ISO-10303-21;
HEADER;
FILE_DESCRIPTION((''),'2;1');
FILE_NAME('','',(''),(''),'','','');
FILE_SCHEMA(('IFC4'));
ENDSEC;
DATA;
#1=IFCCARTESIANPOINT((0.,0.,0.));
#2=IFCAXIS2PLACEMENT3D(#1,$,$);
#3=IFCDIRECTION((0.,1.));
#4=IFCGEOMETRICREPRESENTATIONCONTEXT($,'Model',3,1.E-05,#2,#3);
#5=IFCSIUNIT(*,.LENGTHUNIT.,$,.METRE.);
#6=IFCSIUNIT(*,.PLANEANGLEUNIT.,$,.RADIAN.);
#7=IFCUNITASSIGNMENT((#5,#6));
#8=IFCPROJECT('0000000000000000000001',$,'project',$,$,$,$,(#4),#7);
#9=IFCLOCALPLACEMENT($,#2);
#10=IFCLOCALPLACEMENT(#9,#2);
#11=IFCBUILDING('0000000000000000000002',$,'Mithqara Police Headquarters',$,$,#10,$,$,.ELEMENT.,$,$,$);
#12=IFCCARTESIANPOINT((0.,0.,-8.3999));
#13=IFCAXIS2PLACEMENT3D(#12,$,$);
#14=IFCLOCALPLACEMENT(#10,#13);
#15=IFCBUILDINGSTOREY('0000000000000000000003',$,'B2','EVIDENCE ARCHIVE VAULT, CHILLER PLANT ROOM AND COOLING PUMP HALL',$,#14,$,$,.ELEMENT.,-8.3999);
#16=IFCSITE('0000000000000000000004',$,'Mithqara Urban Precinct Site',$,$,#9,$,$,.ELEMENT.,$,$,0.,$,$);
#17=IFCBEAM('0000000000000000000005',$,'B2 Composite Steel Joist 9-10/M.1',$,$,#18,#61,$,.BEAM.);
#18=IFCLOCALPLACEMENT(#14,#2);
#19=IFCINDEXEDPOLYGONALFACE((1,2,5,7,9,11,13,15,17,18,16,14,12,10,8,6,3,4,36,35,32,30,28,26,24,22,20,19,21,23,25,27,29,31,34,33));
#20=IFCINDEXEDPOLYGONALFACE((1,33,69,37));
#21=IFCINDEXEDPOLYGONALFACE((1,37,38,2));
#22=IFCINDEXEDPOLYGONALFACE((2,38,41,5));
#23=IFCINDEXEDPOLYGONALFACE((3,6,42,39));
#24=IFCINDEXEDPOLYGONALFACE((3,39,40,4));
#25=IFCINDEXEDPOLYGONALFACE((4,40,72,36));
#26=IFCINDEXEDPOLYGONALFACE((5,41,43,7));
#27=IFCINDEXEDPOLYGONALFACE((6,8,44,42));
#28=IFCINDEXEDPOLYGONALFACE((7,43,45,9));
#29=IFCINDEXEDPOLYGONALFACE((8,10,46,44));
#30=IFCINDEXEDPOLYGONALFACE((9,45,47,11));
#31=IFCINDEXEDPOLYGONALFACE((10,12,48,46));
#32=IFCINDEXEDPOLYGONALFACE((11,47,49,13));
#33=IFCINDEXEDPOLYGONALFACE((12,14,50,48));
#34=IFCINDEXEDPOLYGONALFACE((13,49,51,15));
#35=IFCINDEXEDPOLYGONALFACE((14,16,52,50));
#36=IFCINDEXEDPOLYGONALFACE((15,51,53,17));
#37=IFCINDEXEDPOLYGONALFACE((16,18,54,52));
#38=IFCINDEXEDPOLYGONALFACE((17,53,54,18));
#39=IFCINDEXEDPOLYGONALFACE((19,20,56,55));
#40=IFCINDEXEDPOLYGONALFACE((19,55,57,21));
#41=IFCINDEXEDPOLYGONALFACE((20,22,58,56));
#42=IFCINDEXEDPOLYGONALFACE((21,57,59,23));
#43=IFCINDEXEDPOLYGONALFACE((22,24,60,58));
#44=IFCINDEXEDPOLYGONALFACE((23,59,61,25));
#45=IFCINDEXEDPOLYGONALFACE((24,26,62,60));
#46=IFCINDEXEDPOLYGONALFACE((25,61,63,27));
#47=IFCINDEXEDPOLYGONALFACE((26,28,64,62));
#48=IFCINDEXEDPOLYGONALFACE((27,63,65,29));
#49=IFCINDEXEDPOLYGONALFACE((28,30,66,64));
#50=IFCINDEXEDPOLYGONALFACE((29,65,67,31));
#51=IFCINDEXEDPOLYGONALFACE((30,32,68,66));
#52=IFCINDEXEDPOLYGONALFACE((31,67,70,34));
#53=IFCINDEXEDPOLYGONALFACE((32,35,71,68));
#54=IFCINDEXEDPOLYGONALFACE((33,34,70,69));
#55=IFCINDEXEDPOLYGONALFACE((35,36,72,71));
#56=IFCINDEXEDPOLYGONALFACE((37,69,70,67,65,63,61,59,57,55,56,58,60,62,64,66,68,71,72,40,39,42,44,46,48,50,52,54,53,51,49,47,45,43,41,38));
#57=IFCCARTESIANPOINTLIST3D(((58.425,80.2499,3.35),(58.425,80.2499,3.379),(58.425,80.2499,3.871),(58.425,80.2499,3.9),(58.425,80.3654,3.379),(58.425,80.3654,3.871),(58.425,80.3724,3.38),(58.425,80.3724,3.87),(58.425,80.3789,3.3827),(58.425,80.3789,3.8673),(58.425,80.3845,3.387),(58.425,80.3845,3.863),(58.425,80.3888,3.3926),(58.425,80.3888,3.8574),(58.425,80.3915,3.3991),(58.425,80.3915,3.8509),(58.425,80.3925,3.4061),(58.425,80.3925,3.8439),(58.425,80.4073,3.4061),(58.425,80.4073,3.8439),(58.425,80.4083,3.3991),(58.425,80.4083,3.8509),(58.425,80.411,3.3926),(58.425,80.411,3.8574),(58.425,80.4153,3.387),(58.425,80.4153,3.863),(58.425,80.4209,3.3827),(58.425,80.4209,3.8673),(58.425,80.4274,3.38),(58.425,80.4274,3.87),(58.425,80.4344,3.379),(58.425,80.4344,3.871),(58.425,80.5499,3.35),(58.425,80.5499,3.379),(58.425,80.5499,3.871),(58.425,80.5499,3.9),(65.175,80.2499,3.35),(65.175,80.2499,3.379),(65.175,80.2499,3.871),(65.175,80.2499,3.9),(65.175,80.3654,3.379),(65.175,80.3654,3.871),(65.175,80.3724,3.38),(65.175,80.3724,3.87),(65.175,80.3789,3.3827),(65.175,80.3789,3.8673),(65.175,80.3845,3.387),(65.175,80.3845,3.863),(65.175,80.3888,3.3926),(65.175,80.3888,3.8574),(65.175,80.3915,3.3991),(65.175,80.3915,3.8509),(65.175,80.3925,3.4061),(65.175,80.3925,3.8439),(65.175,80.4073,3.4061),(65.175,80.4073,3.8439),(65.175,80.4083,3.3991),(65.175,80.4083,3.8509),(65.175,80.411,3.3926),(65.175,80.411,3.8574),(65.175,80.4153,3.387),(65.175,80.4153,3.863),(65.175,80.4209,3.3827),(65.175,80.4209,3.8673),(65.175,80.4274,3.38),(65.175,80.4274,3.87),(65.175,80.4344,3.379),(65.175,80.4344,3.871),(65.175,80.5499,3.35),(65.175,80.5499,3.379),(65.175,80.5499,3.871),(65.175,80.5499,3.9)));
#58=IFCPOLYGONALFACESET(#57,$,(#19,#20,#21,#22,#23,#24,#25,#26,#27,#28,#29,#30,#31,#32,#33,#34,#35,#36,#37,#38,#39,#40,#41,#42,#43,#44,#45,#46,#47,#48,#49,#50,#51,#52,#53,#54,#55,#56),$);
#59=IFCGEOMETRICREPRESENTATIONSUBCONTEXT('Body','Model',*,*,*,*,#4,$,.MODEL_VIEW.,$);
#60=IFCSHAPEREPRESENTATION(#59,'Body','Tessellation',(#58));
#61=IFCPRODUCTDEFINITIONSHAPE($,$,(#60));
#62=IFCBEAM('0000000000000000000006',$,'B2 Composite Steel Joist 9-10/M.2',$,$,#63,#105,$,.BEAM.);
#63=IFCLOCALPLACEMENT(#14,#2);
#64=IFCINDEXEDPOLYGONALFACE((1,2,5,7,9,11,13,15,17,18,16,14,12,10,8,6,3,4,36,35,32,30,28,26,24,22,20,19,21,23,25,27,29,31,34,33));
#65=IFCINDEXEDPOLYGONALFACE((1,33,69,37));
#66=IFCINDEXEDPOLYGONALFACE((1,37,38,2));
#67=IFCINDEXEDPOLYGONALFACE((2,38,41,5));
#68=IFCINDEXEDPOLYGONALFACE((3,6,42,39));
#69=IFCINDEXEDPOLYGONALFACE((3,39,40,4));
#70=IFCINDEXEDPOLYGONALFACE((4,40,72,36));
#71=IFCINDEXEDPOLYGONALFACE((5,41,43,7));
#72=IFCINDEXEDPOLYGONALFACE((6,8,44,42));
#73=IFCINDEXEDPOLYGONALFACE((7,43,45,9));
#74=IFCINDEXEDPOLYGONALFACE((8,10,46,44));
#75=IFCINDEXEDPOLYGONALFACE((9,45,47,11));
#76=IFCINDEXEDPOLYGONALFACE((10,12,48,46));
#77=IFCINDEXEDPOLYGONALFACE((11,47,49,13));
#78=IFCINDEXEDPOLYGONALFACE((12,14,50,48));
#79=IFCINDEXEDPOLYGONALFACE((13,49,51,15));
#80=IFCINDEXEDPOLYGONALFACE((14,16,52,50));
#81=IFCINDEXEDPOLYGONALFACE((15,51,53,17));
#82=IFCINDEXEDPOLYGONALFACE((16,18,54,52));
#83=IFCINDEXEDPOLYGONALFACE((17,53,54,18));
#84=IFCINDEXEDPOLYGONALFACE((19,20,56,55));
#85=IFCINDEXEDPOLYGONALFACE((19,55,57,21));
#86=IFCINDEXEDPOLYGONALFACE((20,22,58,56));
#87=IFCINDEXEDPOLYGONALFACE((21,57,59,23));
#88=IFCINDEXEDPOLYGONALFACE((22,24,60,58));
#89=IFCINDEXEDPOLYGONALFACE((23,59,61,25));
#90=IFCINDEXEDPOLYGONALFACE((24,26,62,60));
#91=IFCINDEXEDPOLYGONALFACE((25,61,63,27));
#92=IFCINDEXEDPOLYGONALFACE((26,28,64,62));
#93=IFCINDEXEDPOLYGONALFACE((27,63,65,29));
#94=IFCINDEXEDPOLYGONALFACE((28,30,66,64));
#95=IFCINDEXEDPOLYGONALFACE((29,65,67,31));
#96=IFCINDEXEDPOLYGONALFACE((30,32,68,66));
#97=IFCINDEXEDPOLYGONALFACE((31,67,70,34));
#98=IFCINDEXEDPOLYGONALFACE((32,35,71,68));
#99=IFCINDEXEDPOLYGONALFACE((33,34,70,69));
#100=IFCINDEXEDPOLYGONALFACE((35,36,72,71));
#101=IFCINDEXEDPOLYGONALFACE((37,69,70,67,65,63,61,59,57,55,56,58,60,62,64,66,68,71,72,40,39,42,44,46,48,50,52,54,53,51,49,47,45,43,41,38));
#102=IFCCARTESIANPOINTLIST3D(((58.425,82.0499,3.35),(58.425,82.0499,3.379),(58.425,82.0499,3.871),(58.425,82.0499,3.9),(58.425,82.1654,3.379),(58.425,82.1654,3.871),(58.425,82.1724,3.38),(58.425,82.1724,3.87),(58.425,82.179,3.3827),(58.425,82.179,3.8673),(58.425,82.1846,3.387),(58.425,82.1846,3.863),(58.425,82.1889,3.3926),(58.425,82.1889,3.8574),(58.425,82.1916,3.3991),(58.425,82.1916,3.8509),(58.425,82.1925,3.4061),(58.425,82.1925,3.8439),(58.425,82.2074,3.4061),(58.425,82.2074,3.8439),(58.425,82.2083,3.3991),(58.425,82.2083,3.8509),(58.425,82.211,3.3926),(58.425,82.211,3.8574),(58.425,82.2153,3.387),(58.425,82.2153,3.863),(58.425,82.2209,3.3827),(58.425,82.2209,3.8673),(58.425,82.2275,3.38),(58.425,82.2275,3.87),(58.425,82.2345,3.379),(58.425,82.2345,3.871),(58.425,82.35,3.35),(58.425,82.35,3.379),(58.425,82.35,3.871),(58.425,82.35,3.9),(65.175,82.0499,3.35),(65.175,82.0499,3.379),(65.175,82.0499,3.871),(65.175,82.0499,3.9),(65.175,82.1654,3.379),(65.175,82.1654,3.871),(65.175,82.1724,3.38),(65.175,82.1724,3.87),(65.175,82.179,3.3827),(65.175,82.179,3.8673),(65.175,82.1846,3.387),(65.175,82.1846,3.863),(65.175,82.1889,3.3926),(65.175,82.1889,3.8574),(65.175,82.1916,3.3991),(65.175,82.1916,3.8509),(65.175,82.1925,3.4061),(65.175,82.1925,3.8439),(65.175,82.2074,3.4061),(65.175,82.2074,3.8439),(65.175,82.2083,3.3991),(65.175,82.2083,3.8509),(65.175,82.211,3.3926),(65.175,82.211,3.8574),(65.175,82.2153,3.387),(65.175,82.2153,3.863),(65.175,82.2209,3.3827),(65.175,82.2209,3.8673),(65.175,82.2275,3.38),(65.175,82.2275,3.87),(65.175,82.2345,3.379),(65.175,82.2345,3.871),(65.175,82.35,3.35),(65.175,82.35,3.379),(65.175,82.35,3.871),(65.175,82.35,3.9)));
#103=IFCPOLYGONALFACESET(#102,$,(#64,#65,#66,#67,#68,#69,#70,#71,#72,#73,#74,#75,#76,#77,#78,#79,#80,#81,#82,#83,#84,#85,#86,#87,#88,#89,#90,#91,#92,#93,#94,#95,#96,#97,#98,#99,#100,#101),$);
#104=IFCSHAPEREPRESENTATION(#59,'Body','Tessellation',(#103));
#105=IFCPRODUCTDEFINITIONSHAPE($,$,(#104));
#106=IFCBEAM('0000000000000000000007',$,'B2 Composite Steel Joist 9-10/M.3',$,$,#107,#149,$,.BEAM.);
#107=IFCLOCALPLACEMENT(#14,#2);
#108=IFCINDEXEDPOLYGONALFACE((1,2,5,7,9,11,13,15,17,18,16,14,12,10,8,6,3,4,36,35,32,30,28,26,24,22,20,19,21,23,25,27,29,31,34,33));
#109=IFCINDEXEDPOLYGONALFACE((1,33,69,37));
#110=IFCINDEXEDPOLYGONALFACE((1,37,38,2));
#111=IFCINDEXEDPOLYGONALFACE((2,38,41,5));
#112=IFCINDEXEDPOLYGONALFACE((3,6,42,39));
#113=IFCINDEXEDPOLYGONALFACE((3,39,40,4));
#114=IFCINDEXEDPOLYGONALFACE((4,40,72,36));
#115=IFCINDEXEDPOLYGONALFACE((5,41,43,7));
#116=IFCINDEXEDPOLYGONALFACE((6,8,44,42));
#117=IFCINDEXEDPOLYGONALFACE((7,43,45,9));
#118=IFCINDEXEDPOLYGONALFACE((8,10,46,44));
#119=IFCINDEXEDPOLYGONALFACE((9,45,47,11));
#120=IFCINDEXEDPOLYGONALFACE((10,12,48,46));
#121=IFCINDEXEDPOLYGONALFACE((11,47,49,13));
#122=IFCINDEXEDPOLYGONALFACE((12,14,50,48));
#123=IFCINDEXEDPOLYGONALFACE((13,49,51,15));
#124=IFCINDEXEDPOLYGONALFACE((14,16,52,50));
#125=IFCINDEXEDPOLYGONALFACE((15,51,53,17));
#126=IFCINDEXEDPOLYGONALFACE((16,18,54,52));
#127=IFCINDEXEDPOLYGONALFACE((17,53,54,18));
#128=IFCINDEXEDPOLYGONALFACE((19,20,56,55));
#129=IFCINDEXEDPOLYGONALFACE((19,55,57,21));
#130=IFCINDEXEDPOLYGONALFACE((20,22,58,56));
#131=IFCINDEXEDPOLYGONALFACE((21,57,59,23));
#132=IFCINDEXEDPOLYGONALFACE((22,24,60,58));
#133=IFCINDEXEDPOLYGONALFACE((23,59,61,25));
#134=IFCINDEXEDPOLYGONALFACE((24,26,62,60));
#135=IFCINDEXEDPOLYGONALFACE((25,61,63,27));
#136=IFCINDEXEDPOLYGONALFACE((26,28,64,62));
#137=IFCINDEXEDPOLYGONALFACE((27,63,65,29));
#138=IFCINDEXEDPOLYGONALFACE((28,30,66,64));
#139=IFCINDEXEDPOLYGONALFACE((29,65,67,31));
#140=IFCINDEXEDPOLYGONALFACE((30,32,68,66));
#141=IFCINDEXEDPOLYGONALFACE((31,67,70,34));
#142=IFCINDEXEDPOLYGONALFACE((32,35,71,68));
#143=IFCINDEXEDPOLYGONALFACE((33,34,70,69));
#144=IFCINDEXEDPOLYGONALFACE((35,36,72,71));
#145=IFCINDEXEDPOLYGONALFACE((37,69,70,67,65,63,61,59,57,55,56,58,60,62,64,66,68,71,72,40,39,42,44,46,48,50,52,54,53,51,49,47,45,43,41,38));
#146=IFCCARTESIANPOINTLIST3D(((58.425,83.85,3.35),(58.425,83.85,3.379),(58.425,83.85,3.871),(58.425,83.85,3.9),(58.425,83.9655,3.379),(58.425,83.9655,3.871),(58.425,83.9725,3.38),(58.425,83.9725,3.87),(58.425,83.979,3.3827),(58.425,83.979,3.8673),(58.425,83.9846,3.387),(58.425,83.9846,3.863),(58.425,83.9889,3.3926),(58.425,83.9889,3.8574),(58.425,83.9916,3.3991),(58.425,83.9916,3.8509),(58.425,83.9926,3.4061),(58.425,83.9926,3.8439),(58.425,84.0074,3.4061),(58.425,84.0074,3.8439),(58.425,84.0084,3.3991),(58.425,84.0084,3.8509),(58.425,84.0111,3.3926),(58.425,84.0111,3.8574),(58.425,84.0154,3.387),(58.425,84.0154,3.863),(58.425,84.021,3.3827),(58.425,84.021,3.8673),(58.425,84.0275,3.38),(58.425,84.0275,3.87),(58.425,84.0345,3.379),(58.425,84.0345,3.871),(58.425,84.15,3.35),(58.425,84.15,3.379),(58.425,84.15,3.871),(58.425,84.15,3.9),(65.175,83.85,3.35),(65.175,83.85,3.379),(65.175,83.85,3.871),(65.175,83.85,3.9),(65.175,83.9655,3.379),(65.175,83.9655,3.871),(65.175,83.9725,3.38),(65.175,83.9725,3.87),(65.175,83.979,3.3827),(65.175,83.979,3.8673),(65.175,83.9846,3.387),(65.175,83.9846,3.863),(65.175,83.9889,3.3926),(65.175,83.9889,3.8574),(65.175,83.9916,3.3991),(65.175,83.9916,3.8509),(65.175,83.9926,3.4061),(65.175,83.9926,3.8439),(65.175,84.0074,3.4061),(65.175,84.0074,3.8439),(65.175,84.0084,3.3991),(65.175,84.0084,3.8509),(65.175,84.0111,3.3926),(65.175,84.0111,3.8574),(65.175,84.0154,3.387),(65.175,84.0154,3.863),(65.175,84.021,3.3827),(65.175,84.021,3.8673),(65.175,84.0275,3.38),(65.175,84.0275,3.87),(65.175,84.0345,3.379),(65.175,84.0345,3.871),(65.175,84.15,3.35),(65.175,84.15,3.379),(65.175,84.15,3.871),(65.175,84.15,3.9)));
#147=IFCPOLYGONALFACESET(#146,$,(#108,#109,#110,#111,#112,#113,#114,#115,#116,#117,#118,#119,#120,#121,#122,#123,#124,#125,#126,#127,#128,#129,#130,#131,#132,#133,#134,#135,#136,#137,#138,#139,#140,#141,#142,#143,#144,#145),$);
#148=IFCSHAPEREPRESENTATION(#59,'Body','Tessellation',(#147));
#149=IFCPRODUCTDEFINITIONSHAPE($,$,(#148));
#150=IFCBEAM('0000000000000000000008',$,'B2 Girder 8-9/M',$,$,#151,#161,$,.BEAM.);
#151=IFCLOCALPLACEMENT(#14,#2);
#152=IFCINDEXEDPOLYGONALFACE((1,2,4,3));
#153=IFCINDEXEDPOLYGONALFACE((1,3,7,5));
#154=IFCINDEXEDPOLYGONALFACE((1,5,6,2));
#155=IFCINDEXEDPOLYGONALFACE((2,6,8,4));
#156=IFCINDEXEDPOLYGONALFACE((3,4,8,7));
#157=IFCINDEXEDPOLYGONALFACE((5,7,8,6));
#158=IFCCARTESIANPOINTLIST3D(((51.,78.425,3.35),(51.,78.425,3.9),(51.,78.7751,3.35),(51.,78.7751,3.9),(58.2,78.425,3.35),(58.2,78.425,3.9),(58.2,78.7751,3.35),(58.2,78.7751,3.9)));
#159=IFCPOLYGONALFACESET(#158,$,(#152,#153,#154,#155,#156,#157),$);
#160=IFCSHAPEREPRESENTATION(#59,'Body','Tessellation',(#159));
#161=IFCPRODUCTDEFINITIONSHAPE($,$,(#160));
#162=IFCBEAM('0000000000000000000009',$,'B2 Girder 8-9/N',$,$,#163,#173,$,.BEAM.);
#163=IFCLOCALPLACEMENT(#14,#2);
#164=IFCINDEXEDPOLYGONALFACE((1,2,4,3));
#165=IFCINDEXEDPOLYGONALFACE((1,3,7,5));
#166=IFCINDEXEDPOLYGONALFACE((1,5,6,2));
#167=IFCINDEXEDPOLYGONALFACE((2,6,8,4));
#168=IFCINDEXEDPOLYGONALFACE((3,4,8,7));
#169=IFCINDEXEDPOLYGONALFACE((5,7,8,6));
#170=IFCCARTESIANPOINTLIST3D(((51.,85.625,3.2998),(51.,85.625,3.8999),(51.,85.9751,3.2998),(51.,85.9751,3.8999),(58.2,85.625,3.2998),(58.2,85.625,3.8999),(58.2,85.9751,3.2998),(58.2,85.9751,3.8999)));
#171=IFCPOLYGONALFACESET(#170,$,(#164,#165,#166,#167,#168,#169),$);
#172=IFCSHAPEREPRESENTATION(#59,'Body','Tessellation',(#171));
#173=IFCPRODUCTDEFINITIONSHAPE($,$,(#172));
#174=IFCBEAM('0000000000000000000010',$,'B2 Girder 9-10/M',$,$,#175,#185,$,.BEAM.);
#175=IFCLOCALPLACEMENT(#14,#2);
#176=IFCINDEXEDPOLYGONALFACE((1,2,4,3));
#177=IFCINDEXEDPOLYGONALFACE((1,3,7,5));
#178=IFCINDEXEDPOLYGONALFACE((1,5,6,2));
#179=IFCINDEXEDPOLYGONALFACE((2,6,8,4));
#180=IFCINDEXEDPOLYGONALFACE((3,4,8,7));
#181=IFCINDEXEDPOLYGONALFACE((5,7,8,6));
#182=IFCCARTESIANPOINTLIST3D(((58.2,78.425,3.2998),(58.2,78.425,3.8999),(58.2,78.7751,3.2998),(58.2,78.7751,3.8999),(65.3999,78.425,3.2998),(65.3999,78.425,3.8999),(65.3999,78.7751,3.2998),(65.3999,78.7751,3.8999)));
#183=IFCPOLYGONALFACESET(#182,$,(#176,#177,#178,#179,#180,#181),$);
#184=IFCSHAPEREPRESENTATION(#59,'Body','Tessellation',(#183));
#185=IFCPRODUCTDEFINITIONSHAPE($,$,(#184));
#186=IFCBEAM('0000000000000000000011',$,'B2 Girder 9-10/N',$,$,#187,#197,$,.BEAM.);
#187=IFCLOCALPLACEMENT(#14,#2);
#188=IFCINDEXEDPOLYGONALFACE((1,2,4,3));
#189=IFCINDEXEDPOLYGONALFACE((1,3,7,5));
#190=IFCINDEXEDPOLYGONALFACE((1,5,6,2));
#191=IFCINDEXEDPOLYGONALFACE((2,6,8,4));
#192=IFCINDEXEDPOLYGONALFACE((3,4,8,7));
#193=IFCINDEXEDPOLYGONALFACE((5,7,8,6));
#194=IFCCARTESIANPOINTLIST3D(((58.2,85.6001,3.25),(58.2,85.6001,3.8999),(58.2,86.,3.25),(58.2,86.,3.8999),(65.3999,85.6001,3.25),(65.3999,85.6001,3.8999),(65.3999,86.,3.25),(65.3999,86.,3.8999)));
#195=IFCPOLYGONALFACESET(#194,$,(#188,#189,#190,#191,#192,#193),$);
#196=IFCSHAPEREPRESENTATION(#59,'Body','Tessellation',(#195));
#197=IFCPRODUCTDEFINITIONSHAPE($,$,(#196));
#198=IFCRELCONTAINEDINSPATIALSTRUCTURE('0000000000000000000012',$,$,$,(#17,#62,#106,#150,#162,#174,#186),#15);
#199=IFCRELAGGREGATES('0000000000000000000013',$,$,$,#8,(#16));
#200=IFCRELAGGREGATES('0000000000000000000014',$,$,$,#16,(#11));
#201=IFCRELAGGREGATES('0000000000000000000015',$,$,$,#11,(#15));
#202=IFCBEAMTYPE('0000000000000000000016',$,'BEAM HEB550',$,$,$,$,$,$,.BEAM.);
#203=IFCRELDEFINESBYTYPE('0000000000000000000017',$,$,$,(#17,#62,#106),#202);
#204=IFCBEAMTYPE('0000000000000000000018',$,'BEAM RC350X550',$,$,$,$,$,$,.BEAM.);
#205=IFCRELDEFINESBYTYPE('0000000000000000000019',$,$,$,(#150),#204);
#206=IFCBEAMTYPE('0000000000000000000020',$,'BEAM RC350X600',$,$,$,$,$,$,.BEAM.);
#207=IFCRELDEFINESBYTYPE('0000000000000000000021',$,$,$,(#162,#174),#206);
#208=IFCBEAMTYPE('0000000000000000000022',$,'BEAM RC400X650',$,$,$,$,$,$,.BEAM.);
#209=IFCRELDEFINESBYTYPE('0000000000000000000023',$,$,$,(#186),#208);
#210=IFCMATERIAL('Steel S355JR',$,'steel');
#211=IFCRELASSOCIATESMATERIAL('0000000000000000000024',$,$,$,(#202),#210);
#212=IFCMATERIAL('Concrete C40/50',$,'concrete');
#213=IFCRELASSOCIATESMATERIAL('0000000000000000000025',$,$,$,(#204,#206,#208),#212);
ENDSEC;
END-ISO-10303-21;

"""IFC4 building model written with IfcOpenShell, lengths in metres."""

from ifc_helpers import new_model, si_unit, direction, frame, origin, origin_2d, place, context, subcontext, project, spatial, rectangle, i_section, extrude, material, material_profile, profile_set, type_object, element, save


model = new_model("IFC4")

# Units and contexts
model_context = context("Model", 3, precision=1e-05, world=origin(), true_north=direction((0.0, 1.0)))
body_context = subcontext(model_context, "Body", "Model", "MODEL_VIEW")
ifc_project = project(units=[si_unit("LENGTHUNIT", "METRE"), si_unit("PLANEANGLEUNIT", "RADIAN")], contexts=[model_context])

# Site, building, storey
site_placement = place(None, origin())
site = spatial("IfcSite", under=ifc_project, at=site_placement, Name="Mithqara Urban Precinct Site", CompositionType="ELEMENT", RefElevation=0.0)
building_placement = place(site_placement, origin())
building = spatial("IfcBuilding", under=site, at=building_placement, Name="Mithqara Police Headquarters", CompositionType="ELEMENT")
storey_placement = place(building_placement, frame((0.0, 0.0, -8.3999)))
storey = spatial("IfcBuildingStorey", under=building, at=storey_placement, Name="B2", Description="EVIDENCE ARCHIVE VAULT, CHILLER PLANT ROOM AND COOLING PUMP HALL", CompositionType="ELEMENT", Elevation=-8.3999)

# Shared definitions
ifc_material_1 = material(Name="Concrete C40/50", Category="concrete")

# Beams
ifc_material_2 = material(Name="Steel S355JR", Category="steel")
ifc_material_profile_1 = material_profile(ifc_material_2, i_section(OverallWidth=0.3, OverallDepth=0.55, WebThickness=0.0149, FlangeThickness=0.0291, FilletRadius=0.0271, at=origin_2d()), Name="HEB 550")
ifc_profile_set_1 = profile_set([ifc_material_profile_1], Name="Steel S355JR")
beam_type_1 = type_object("IfcBeamType", Name="BEAM HEB550", PredefinedType="BEAM", material=ifc_profile_set_1)
for number, where, z_axis, x_axis, name in (
    (1, (58.425, 80.3999, 3.625), (1.0, 0.0, 0.0), (0.0, 1.0, 0.0), "B2 Composite Steel Joist 9-10/M.1"),
    (2, (58.425, 82.2, 3.625), (1.0, 0.0, 0.0), (0.0, 1.0, 0.0), "B2 Composite Steel Joist 9-10/M.2"),
    (3, (58.425, 84.0, 3.625), (1.0, 0.0, 0.0), (0.0, 1.0, 0.0), "B2 Composite Steel Joist 9-10/M.3"),
):
    element("IfcBeam", number, at=place(storey_placement, frame(where, z_axis=z_axis, x_axis=x_axis)), inside=storey, type_object=beam_type_1, Name=name, PredefinedType="BEAM", context=body_context, shape_type="SweptSolid", body=[
        extrude(i_section(OverallWidth=0.3, OverallDepth=0.55, WebThickness=0.0149, FlangeThickness=0.0291, FilletRadius=0.0271, at=origin_2d()), origin(), (0.0, 0.0, 1.0), 6.75),
    ])
ifc_material_profile_2 = material_profile(ifc_material_1, rectangle(XDim=0.3501, YDim=0.55, at=origin_2d()), Name="RC 350x550")
ifc_profile_set_2 = profile_set([ifc_material_profile_2], Name="Concrete C40/50")
beam_type_2 = type_object("IfcBeamType", Name="BEAM RC350X550", PredefinedType="BEAM", material=ifc_profile_set_2)
beam_1_placement = place(storey_placement, frame((51.0, 78.6001, 3.625), z_axis=(1.0, 0.0, 0.0), x_axis=(0.0, 1.0, 0.0)))
element("IfcBeam", 4, at=beam_1_placement, inside=storey, type_object=beam_type_2, Name="B2 Girder 8-9/M", PredefinedType="BEAM", context=body_context, shape_type="SweptSolid", body=[
    extrude(rectangle(XDim=0.3501, YDim=0.55, at=origin_2d()), origin(), (0.0, 0.0, 1.0), 7.2),
])
ifc_material_profile_3 = material_profile(ifc_material_1, rectangle(XDim=0.3501, YDim=0.6001, at=origin_2d()), Name="RC 350x600")
ifc_profile_set_3 = profile_set([ifc_material_profile_3], Name="Concrete C40/50")
beam_type_3 = type_object("IfcBeamType", Name="BEAM RC350X600", PredefinedType="BEAM", material=ifc_profile_set_3)
for number, where, z_axis, x_axis, name in (
    (5, (51.0, 85.8, 3.5999), (1.0, 0.0, 0.0), (0.0, 1.0, 0.0), "B2 Girder 8-9/N"),
    (6, (58.2, 78.6001, 3.5999), (1.0, 0.0, 0.0), (0.0, 1.0, 0.0), "B2 Girder 9-10/M"),
):
    element("IfcBeam", number, at=place(storey_placement, frame(where, z_axis=z_axis, x_axis=x_axis)), inside=storey, type_object=beam_type_3, Name=name, PredefinedType="BEAM", context=body_context, shape_type="SweptSolid", body=[
        extrude(rectangle(XDim=0.3501, YDim=0.6001, at=origin_2d()), origin(), (0.0, 0.0, 1.0), 7.2),
    ])
ifc_material_profile_4 = material_profile(ifc_material_1, rectangle(XDim=0.3999, YDim=0.6499, at=origin_2d()), Name="RC 400x650")
ifc_profile_set_4 = profile_set([ifc_material_profile_4], Name="Concrete C40/50")
beam_type_4 = type_object("IfcBeamType", Name="BEAM RC400X650", PredefinedType="BEAM", material=ifc_profile_set_4)
beam_2_placement = place(storey_placement, frame((58.2, 85.8, 3.575), z_axis=(1.0, 0.0, 0.0), x_axis=(0.0, 1.0, 0.0)))
element("IfcBeam", 7, at=beam_2_placement, inside=storey, type_object=beam_type_4, Name="B2 Girder 9-10/N", PredefinedType="BEAM", context=body_context, shape_type="SweptSolid", body=[
    extrude(rectangle(XDim=0.3999, YDim=0.6499, at=origin_2d()), origin(), (0.0, 0.0, 1.0), 7.2),
])

save(model, "model.ifc")
